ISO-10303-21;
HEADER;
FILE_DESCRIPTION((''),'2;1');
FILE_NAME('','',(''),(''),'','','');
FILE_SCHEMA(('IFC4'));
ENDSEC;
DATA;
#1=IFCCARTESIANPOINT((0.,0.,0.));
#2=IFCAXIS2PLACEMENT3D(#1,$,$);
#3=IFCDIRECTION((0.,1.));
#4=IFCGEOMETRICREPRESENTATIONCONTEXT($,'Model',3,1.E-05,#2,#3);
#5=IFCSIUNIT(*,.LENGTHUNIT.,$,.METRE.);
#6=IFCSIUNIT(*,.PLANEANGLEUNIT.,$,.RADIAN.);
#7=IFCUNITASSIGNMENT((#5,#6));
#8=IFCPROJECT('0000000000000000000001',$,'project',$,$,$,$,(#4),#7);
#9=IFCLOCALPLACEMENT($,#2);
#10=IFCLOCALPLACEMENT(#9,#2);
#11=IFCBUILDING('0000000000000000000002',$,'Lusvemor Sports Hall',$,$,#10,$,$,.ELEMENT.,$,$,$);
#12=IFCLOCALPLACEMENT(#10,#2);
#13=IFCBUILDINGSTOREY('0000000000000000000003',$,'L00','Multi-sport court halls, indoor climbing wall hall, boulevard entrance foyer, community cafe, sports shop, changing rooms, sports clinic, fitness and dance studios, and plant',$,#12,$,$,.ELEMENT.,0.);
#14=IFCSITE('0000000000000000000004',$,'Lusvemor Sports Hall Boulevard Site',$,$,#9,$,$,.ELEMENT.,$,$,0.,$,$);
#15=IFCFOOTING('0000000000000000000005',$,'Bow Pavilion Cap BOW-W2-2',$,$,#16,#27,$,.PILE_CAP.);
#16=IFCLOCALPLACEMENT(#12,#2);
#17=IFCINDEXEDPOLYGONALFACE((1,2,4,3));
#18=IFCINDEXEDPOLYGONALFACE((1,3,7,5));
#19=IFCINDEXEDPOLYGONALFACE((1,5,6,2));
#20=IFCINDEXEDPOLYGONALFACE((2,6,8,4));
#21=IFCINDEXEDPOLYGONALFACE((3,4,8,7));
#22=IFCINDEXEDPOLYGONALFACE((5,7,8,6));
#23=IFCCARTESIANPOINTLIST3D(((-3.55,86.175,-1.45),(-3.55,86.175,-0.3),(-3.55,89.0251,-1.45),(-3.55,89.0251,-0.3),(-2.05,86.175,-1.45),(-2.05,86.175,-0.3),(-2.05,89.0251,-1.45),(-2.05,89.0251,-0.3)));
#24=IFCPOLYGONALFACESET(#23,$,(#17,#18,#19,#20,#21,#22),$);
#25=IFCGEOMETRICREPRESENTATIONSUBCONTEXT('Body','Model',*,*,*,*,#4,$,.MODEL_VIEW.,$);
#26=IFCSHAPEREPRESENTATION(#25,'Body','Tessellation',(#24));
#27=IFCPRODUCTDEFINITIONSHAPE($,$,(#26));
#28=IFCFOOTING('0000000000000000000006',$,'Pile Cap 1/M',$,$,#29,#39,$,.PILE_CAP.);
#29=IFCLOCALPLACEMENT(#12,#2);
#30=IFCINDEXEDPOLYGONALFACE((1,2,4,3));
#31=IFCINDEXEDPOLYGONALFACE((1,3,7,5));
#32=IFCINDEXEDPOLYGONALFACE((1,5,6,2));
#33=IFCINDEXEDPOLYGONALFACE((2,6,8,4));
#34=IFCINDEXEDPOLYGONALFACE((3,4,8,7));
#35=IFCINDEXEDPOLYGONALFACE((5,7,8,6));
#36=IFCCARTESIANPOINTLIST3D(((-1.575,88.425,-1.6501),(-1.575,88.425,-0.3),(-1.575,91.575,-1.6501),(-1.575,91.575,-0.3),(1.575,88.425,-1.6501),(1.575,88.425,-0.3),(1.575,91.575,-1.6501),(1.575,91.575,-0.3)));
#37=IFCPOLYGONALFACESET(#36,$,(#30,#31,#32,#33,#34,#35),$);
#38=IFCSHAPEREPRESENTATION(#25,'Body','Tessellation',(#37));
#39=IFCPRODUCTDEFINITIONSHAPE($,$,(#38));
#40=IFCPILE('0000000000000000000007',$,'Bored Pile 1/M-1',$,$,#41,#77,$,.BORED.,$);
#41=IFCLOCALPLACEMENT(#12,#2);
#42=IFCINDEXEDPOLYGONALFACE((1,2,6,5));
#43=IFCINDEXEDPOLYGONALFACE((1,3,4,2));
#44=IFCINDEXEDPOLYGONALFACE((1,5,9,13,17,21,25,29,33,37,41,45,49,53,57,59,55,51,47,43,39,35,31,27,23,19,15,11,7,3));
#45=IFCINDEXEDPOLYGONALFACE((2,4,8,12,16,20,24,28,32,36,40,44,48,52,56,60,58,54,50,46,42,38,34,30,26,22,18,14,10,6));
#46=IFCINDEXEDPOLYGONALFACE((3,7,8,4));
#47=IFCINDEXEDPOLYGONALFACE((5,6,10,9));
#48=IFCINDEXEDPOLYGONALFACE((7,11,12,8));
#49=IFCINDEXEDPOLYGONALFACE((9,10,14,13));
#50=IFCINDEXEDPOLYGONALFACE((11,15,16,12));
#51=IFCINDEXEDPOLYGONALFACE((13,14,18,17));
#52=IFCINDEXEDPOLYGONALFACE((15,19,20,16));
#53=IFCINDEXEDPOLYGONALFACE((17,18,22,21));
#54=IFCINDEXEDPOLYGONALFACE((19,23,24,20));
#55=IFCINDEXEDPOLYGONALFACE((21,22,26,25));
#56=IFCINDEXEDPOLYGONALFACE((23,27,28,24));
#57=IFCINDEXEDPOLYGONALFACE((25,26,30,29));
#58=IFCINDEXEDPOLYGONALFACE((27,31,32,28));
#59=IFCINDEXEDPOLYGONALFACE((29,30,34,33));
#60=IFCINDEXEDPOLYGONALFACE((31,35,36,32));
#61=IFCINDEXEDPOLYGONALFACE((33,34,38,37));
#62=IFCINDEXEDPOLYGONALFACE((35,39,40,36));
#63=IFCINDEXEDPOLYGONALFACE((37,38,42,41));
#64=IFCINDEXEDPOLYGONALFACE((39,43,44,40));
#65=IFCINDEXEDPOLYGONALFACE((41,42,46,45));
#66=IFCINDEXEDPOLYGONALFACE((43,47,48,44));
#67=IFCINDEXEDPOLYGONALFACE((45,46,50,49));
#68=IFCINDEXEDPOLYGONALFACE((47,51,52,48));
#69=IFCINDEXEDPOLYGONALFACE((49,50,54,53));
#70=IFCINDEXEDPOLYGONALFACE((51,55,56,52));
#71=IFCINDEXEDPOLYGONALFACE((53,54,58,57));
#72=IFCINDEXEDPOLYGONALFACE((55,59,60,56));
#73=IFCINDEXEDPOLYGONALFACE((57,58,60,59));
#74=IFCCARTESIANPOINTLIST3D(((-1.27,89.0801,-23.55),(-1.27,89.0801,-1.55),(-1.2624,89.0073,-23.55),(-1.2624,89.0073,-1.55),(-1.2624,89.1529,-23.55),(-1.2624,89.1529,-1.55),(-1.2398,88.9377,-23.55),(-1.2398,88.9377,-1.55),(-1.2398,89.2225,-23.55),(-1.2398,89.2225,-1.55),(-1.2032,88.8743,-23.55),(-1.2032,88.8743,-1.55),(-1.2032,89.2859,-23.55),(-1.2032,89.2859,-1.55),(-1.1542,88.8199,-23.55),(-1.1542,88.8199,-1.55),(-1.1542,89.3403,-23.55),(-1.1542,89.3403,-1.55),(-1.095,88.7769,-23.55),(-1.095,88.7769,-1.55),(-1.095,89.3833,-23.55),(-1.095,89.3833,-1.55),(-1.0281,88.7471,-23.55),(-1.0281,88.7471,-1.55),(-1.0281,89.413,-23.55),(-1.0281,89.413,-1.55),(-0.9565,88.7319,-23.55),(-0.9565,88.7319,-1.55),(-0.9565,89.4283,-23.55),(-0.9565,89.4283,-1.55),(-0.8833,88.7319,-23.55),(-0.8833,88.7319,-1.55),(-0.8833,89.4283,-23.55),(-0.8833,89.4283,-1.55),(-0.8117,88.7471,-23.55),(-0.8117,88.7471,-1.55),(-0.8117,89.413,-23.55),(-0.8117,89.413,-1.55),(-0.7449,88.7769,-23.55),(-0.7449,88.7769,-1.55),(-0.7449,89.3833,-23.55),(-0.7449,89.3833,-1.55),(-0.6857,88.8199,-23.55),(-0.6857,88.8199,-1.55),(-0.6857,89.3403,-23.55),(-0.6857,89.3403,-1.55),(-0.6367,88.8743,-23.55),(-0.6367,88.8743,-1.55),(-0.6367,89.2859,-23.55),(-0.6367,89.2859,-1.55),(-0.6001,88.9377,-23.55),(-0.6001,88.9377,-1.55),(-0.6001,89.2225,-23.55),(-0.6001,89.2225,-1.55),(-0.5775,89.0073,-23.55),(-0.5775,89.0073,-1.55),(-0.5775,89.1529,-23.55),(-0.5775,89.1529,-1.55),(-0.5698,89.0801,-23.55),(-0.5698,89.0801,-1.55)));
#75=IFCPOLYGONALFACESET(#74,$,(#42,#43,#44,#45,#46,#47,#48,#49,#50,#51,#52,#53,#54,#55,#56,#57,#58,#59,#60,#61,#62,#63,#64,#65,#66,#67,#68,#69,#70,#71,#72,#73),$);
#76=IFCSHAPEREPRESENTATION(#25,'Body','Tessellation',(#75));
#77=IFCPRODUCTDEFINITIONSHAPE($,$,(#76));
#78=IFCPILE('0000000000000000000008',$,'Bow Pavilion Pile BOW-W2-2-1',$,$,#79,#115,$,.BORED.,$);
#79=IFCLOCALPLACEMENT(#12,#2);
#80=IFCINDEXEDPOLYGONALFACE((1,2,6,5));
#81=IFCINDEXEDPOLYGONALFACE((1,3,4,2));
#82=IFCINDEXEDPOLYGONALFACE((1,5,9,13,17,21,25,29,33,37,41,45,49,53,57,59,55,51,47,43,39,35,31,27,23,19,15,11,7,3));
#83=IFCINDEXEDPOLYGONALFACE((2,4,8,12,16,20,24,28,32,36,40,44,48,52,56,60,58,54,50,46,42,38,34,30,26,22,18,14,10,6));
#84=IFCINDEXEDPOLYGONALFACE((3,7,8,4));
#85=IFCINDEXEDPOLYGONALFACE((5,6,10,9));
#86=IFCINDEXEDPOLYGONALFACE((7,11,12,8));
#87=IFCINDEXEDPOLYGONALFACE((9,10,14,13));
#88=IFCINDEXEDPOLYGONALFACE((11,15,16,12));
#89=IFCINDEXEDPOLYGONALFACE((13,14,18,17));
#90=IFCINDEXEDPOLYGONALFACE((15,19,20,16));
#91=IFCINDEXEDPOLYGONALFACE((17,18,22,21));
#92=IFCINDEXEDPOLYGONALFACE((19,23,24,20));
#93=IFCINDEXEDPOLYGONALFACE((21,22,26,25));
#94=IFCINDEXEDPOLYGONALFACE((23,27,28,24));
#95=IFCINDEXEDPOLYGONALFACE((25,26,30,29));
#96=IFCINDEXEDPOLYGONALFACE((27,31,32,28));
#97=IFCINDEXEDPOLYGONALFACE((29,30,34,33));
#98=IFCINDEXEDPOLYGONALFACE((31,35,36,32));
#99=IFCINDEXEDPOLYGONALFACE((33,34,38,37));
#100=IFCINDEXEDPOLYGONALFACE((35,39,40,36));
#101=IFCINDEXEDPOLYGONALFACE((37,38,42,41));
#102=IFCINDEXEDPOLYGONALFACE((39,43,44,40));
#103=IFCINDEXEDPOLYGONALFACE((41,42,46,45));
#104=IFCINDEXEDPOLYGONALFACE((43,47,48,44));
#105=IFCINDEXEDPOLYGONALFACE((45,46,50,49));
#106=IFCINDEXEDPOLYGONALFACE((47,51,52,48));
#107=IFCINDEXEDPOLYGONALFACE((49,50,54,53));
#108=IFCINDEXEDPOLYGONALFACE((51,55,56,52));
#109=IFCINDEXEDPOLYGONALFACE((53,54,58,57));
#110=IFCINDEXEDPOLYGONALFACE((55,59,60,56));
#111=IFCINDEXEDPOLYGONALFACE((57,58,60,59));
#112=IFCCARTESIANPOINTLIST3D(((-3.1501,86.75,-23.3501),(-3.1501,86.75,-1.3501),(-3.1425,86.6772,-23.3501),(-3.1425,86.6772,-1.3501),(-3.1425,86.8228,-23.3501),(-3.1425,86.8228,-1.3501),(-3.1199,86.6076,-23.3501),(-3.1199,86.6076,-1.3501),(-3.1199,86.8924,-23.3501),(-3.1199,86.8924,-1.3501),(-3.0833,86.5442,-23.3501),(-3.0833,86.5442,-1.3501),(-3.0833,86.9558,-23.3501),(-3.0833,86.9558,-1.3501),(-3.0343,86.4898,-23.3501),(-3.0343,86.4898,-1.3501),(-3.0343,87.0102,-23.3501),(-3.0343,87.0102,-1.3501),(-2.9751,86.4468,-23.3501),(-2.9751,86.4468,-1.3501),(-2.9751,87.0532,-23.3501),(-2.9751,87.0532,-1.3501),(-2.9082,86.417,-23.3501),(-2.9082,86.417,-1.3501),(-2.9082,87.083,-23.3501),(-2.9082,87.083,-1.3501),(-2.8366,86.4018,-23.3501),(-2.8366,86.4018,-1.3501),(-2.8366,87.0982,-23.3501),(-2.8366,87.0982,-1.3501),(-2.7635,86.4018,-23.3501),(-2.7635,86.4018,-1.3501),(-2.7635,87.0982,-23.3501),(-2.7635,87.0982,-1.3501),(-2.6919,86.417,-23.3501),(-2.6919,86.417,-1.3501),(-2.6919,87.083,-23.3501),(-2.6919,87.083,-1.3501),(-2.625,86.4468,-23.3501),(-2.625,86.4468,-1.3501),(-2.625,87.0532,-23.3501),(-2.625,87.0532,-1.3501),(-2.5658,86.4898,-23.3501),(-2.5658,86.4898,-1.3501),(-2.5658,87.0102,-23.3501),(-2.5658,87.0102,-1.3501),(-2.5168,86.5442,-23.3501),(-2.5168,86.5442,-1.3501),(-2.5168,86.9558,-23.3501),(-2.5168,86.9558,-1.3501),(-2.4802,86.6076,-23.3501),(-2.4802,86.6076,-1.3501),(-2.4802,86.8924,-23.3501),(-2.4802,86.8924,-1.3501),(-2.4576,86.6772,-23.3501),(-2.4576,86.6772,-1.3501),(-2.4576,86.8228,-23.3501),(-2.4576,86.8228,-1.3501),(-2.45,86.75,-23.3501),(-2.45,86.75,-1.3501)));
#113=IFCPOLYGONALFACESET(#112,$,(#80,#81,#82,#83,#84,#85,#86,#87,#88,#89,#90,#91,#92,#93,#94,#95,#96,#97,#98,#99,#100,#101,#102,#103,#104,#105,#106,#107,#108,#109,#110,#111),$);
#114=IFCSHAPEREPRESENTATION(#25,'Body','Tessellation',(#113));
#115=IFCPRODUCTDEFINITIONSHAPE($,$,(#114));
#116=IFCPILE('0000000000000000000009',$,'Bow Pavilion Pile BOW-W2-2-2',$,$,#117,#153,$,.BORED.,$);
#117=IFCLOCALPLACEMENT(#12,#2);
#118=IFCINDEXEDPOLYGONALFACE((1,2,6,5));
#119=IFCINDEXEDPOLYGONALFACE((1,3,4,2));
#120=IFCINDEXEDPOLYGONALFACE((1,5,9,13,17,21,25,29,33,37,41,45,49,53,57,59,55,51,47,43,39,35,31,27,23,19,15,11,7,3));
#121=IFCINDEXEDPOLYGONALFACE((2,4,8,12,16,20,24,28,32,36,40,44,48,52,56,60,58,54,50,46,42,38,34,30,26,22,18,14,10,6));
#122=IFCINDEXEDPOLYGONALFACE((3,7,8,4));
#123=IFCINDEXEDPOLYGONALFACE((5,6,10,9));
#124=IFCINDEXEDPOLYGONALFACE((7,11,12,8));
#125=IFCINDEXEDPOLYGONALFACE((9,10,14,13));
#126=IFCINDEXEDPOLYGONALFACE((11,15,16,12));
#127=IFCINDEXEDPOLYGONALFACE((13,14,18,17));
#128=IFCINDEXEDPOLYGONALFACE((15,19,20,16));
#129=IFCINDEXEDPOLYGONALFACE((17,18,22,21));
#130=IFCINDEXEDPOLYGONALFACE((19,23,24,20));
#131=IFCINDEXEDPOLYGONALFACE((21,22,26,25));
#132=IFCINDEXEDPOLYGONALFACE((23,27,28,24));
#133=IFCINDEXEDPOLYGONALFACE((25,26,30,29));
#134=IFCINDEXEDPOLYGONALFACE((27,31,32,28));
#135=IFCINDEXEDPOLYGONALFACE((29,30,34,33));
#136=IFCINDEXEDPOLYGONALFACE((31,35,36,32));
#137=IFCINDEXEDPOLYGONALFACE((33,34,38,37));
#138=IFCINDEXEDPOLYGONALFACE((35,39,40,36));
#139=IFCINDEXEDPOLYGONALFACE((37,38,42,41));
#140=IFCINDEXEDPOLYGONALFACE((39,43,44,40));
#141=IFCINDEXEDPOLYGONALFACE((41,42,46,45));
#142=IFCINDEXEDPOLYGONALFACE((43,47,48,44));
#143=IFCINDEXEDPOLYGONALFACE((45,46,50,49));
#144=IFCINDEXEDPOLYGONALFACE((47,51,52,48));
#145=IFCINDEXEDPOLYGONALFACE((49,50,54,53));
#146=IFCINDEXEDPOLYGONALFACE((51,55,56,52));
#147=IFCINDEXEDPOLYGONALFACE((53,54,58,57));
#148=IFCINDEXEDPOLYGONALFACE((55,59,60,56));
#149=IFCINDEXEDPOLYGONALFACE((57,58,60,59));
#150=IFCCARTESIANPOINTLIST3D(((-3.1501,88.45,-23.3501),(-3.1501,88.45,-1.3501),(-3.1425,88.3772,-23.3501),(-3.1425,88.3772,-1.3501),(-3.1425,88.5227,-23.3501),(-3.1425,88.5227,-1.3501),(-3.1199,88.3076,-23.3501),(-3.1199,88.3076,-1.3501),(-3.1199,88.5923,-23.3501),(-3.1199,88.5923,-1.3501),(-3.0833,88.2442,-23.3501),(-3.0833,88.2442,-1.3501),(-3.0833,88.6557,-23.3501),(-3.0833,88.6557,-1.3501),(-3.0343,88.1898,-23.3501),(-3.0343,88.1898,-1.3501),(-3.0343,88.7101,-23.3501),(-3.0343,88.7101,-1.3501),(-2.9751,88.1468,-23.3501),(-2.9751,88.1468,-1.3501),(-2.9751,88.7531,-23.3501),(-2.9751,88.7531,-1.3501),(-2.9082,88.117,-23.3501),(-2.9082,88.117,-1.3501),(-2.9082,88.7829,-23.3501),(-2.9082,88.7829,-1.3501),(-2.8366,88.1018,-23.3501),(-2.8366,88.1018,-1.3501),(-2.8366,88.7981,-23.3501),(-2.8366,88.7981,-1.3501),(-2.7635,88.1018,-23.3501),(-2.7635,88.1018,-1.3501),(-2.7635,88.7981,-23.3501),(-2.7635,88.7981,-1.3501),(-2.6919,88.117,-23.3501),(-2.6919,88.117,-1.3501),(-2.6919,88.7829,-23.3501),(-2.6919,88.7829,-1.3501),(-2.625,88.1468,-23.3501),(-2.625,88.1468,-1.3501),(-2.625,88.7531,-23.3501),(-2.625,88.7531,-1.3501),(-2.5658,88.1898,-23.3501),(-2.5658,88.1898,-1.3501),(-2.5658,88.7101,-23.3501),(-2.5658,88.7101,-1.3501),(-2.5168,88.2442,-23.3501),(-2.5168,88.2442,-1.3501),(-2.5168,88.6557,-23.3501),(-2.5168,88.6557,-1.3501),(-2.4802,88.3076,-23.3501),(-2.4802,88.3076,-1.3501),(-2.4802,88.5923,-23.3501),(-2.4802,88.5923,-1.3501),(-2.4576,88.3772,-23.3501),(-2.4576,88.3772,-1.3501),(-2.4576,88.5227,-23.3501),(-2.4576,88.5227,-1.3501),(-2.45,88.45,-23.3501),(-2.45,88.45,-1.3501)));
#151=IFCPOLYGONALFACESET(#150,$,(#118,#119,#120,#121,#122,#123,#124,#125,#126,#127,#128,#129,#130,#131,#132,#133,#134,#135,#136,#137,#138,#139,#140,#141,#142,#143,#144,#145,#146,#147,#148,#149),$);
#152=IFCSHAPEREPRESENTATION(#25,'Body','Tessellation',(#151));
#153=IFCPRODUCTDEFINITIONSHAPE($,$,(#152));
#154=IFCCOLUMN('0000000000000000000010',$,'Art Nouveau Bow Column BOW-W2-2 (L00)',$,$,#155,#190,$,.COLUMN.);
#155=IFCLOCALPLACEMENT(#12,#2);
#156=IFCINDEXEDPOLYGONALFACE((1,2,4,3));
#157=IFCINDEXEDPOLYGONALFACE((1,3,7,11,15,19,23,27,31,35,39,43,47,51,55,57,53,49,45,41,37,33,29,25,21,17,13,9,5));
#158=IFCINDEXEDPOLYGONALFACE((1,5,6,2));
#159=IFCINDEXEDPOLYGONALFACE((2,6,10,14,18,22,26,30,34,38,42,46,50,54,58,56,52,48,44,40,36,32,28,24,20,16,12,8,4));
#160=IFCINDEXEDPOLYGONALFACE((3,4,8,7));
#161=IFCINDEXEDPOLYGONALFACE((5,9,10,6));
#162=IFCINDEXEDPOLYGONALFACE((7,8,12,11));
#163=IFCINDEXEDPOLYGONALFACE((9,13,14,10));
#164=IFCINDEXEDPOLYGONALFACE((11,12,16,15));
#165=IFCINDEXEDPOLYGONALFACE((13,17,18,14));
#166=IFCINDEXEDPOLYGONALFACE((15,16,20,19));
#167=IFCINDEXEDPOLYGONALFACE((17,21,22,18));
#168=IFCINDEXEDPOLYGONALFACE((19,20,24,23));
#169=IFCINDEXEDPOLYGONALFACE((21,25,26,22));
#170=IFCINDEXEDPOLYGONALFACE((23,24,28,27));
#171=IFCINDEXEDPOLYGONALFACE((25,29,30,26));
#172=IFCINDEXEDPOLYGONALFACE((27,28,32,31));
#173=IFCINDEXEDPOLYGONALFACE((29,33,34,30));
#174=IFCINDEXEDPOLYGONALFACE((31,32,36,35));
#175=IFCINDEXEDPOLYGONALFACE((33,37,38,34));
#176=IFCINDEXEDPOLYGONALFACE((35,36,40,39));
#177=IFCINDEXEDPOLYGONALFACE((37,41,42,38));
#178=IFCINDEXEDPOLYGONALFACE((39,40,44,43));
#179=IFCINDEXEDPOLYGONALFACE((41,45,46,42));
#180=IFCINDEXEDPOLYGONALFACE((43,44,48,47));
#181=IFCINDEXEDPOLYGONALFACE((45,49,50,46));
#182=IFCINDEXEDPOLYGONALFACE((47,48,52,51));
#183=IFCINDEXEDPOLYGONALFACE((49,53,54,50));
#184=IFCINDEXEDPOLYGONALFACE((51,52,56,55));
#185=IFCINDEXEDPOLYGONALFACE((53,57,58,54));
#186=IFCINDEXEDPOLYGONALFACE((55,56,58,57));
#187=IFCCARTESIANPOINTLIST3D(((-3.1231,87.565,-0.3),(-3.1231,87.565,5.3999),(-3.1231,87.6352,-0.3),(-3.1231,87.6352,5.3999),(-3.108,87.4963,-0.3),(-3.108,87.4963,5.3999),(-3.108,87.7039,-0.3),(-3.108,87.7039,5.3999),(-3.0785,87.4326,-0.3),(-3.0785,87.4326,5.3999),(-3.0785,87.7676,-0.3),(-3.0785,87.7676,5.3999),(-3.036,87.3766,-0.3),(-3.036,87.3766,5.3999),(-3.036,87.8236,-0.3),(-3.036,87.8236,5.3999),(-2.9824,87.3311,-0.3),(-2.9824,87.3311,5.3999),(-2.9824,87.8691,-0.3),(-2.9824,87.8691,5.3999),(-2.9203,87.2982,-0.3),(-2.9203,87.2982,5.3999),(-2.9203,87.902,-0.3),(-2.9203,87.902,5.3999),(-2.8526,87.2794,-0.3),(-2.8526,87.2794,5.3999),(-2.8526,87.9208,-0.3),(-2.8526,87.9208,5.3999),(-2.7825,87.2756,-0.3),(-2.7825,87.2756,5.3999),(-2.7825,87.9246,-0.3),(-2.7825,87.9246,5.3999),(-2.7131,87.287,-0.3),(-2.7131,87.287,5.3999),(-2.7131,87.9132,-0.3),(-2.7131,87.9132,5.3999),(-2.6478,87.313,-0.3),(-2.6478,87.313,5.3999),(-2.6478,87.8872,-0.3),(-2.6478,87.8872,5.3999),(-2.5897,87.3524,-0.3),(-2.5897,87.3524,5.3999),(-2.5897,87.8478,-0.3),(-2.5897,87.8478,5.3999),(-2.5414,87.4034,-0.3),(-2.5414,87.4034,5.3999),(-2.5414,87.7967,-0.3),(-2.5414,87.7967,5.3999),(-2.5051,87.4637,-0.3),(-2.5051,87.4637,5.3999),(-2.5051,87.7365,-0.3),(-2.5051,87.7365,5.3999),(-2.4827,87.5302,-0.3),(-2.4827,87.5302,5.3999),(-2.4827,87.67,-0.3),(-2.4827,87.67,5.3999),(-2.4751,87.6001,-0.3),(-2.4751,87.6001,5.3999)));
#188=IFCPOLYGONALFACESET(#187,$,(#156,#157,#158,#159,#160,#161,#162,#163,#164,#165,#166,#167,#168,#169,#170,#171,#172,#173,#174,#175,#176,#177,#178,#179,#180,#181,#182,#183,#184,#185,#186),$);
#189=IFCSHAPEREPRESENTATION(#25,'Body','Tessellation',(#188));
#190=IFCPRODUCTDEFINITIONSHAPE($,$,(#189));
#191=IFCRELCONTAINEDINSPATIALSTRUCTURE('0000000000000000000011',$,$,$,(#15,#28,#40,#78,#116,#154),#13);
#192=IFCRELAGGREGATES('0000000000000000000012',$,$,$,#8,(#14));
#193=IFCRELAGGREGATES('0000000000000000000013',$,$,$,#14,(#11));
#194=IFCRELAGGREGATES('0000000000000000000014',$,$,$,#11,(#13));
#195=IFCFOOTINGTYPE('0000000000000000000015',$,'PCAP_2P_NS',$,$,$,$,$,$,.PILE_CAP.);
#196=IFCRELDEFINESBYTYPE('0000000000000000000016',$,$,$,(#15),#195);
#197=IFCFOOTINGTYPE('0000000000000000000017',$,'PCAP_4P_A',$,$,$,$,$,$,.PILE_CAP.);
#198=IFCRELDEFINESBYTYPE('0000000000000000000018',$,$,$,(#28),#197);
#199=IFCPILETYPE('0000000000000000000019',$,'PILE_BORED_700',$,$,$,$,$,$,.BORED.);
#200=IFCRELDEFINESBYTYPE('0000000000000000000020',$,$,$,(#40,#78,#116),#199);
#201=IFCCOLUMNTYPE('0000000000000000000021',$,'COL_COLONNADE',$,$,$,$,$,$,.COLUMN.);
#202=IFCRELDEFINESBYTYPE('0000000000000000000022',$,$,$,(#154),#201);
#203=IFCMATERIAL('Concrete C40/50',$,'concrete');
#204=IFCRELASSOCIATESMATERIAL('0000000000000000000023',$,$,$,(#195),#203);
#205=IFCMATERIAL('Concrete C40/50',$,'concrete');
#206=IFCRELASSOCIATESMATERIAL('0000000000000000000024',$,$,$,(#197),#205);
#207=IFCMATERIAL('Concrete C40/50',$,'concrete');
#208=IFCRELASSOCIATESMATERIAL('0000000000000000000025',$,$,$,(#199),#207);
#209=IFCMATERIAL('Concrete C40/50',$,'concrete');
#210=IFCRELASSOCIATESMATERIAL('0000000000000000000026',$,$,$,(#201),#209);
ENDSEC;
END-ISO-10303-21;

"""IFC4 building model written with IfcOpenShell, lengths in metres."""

from ifc_helpers import new_model, si_unit, direction, frame, origin, origin_2d, place, context, subcontext, project, spatial, rectangle, circle, extrude, material, material_profile, profile_set, type_object, element, save


model = new_model("IFC4")

# Units and contexts
model_context = context("Model", 3, precision=1e-05, world=origin(), true_north=direction((0.0, 1.0)))
body_context = subcontext(model_context, "Body", "Model", "MODEL_VIEW")
ifc_project = project(units=[si_unit("LENGTHUNIT", "METRE"), si_unit("PLANEANGLEUNIT", "RADIAN")], contexts=[model_context])

# Site, building, storey
site_placement = place(None, origin())
site = spatial("IfcSite", under=ifc_project, at=site_placement, Name="Lusvemor Sports Hall Boulevard Site", CompositionType="ELEMENT", RefElevation=0.0)
building_placement = place(site_placement, origin())
building = spatial("IfcBuilding", under=site, at=building_placement, Name="Lusvemor Sports Hall", CompositionType="ELEMENT")
storey_placement = place(building_placement, origin())
storey = spatial("IfcBuildingStorey", under=building, at=storey_placement, Name="L00", Description="Multi-sport court halls, indoor climbing wall hall, boulevard entrance foyer, community cafe, sports shop, changing rooms, sports clinic, fitness and dance studios, and plant", CompositionType="ELEMENT", Elevation=0.0)

# Footings
ifc_material_1 = material(Name="Concrete C40/50", Category="concrete")
footing_type_1 = type_object("IfcFootingType", Name="PCAP_2P_NS", PredefinedType="PILE_CAP", material=ifc_material_1)
footing_1_placement = place(storey_placement, frame((-2.8, 87.6001, -1.45), z_axis=(0.0, 0.0, 1.0), x_axis=(1.0, 0.0, 0.0)))
element("IfcFooting", 1, at=footing_1_placement, inside=storey, type_object=footing_type_1, Name="Bow Pavilion Cap BOW-W2-2", PredefinedType="PILE_CAP", context=body_context, shape_type="SweptSolid", body=[
    extrude(rectangle(XDim=1.5, YDim=2.8501, at=origin_2d()), origin(), (0.0, 0.0, 1.0), 1.1499),
])
ifc_material_2 = material(Name="Concrete C40/50", Category="concrete")
footing_type_2 = type_object("IfcFootingType", Name="PCAP_4P_A", PredefinedType="PILE_CAP", material=ifc_material_2)
footing_2_placement = place(storey_placement, frame((0.0, 90.0, -1.6501), z_axis=(0.0, 0.0, 1.0), x_axis=(1.0, 0.0, 0.0)))
element("IfcFooting", 2, at=footing_2_placement, inside=storey, type_object=footing_type_2, Name="Pile Cap 1/M", PredefinedType="PILE_CAP", context=body_context, shape_type="SweptSolid", body=[
    extrude(rectangle(XDim=3.1499, YDim=3.1499, at=origin_2d()), origin(), (0.0, 0.0, 1.0), 1.3501),
])

# Piles
ifc_material_3 = material(Name="Concrete C40/50", Category="concrete")
ifc_material_profile_1 = material_profile(ifc_material_3, circle(Radius=0.3501, at=origin_2d()), Name="PILE700")
ifc_profile_set_1 = profile_set([ifc_material_profile_1], Name="Concrete C40/50")
pile_type = type_object("IfcPileType", Name="PILE_BORED_700", PredefinedType="BORED", material=ifc_profile_set_1)
for number, where, z_axis, x_axis, name in (
    (3, (-0.9199, 89.0801, -1.55), (0.0, 0.0, -1.0), (1.0, 0.0, 0.0), "Bored Pile 1/M-1"),
    (4, (-2.8, 86.75, -1.3501), (0.0, 0.0, -1.0), (1.0, 0.0, 0.0), "Bow Pavilion Pile BOW-W2-2-1"),
    (5, (-2.8, 88.45, -1.3501), (0.0, 0.0, -1.0), (1.0, 0.0, 0.0), "Bow Pavilion Pile BOW-W2-2-2"),
):
    element("IfcPile", number, at=place(storey_placement, frame(where, z_axis=z_axis, x_axis=x_axis)), inside=storey, type_object=pile_type, Name=name, PredefinedType="BORED", context=body_context, shape_type="SweptSolid", body=[
        extrude(circle(Radius=0.3501, at=origin_2d()), origin(), (0.0, 0.0, 1.0), 22.0),
    ])

# Column
ifc_material_4 = material(Name="Concrete C40/50", Category="concrete")
ifc_material_profile_2 = material_profile(ifc_material_4, circle(Radius=0.325, at=origin_2d()), Name="RCCIRC650")
ifc_profile_set_2 = profile_set([ifc_material_profile_2], Name="Concrete C40/50")
column_type_1 = type_object("IfcColumnType", Name="COL_COLONNADE", PredefinedType="COLUMN", material=ifc_profile_set_2)
column_1_placement = place(storey_placement, frame((-2.8, 87.6001, -0.3), z_axis=(0.0, 0.0, 1.0), x_axis=(1.0, 0.0, 0.0)))
element("IfcColumn", 6, at=column_1_placement, inside=storey, type_object=column_type_1, Name="Art Nouveau Bow Column BOW-W2-2 (L00)", PredefinedType="COLUMN", context=body_context, shape_type="SweptSolid", body=[
    extrude(circle(Radius=0.325, at=origin_2d()), origin(), (0.0, 0.0, 1.0), 5.7),
])

save(model, "model.ifc")
